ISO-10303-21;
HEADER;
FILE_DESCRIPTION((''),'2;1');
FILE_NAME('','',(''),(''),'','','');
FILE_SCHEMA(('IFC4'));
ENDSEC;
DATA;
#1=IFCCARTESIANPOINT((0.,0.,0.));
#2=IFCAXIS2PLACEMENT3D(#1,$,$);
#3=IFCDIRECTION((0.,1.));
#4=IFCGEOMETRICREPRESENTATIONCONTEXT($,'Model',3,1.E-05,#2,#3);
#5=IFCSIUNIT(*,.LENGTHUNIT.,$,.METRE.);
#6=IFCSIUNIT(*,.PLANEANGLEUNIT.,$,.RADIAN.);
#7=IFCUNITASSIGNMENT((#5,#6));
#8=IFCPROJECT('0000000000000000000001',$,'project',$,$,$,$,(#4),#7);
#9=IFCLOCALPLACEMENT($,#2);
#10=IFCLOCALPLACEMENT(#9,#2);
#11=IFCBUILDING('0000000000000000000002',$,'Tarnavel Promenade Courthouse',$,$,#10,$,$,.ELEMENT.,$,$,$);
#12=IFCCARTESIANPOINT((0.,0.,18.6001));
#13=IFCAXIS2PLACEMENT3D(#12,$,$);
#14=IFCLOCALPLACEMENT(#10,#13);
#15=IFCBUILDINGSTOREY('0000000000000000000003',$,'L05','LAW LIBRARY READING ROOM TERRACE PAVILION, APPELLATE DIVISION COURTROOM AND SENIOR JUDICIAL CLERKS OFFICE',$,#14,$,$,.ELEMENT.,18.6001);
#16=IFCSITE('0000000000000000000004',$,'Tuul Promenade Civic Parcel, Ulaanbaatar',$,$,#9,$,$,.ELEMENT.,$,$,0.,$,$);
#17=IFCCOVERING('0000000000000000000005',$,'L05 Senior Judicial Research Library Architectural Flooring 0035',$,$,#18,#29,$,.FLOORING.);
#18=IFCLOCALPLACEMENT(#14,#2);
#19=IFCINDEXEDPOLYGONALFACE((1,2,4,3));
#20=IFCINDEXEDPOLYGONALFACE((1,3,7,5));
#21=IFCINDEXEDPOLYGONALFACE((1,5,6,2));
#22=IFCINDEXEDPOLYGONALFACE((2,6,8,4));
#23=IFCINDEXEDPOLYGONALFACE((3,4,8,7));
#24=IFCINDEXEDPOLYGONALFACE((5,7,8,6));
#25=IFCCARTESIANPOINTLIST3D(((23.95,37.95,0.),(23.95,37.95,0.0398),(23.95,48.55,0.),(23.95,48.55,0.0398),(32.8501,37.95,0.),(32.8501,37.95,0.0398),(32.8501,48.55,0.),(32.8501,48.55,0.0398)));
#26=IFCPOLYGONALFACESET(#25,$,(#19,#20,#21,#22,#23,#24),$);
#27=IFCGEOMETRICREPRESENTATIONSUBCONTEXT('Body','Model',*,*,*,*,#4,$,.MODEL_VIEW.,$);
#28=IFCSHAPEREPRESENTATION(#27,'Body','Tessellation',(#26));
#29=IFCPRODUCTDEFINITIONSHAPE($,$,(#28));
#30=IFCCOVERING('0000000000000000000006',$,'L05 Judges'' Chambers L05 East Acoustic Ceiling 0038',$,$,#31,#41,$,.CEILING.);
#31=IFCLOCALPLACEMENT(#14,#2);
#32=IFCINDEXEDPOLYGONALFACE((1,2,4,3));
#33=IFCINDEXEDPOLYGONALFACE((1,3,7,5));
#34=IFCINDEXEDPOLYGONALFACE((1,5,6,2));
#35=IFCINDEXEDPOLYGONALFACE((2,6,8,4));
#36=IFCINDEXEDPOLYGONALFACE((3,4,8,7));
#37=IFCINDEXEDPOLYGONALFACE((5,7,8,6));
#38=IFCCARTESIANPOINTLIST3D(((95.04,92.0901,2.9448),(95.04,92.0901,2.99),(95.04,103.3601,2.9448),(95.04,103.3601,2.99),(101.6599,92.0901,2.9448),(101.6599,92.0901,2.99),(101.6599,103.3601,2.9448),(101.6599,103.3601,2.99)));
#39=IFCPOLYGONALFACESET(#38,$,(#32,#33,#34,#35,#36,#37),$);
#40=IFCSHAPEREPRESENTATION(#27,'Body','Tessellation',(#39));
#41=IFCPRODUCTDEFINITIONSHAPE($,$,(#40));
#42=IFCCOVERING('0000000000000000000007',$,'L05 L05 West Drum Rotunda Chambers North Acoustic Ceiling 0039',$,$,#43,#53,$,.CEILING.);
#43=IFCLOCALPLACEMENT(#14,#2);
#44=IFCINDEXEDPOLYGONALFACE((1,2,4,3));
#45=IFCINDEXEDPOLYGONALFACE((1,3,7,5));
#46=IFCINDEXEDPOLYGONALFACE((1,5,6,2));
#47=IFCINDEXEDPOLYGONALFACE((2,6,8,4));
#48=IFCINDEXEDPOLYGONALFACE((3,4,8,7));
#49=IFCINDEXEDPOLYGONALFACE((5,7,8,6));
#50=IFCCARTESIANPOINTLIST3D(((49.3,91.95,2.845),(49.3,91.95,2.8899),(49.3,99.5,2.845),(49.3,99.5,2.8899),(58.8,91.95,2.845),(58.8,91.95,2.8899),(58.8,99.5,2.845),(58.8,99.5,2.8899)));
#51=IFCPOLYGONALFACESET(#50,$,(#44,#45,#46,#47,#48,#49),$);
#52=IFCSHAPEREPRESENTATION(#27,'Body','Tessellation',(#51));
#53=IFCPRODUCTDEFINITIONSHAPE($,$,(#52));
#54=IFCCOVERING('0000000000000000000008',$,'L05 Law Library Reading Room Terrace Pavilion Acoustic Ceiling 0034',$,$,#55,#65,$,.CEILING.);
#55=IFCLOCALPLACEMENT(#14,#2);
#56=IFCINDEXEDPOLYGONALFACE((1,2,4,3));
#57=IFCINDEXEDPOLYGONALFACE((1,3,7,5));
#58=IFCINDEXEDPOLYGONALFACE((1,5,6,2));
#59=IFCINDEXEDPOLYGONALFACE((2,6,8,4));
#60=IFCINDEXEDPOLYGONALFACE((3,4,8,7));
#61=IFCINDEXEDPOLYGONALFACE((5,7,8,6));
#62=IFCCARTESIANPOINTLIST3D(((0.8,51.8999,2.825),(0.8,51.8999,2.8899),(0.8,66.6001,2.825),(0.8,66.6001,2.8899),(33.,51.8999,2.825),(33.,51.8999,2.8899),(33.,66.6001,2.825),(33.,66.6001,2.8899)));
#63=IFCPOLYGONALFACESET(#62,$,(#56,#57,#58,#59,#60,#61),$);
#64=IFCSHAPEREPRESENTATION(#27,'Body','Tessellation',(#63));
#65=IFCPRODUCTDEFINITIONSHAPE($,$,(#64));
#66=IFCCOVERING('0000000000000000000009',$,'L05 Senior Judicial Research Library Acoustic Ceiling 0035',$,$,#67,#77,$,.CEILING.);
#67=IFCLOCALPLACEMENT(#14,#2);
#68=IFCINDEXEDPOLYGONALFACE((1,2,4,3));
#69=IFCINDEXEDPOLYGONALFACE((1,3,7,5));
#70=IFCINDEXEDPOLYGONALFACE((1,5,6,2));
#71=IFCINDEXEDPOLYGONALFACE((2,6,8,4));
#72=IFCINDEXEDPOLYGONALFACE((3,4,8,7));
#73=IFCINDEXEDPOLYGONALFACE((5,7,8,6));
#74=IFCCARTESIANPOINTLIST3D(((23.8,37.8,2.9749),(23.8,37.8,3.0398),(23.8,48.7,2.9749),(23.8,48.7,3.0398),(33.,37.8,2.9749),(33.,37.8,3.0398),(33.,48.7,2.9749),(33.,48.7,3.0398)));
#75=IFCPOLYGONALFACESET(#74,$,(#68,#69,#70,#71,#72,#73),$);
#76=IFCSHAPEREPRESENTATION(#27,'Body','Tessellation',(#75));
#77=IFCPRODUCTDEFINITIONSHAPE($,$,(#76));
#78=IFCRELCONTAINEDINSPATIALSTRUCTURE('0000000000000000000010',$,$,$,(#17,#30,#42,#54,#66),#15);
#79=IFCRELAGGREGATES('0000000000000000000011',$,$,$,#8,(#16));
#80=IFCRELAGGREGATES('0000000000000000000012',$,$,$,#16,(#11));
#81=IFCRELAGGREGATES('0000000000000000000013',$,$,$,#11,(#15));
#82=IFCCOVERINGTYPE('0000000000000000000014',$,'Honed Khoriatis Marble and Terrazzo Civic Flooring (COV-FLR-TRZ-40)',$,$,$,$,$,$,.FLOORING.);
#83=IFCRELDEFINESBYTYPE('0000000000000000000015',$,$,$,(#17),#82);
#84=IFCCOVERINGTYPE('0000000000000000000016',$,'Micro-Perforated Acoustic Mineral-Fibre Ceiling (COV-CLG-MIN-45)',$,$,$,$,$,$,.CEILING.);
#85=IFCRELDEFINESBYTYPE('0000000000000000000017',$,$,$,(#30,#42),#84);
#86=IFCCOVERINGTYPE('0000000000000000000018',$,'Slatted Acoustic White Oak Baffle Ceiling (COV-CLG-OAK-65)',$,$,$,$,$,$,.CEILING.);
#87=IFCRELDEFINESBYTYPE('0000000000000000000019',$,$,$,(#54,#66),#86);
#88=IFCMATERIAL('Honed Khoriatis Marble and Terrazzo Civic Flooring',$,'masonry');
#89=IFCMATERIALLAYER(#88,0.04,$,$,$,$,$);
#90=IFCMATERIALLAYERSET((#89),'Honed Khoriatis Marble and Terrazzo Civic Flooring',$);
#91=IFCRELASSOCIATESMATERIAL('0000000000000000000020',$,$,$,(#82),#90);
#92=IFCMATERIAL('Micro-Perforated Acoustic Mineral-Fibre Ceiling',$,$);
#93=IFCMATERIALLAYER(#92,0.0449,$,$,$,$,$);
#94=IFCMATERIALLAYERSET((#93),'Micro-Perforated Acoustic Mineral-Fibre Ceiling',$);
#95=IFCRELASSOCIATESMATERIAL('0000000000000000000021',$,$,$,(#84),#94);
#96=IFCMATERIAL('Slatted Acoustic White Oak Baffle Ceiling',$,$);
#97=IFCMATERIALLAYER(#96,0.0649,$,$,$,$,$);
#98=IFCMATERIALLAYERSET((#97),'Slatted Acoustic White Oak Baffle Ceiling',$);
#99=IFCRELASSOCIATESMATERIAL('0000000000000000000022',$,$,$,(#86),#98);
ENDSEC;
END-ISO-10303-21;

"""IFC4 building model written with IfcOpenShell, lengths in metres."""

from ifc_helpers import new_model, si_unit, direction, frame, origin, place, context, subcontext, project, spatial, polyline, outline, extrude, material, layer, layer_set, type_object, element, save


model = new_model("IFC4")

# Units and contexts
model_context = context("Model", 3, precision=1e-05, world=origin(), true_north=direction((0.0, 1.0)))
body_context = subcontext(model_context, "Body", "Model", "MODEL_VIEW")
ifc_project = project(units=[si_unit("LENGTHUNIT", "METRE"), si_unit("PLANEANGLEUNIT", "RADIAN")], contexts=[model_context])

# Site, building, storey
site_placement = place(None, origin())
site = spatial("IfcSite", under=ifc_project, at=site_placement, Name="Tuul Promenade Civic Parcel, Ulaanbaatar", CompositionType="ELEMENT", RefElevation=0.0)
building_placement = place(site_placement, origin())
building = spatial("IfcBuilding", under=site, at=building_placement, Name="Tarnavel Promenade Courthouse", CompositionType="ELEMENT")
storey_placement = place(building_placement, frame((0.0, 0.0, 18.6001)))
storey = spatial("IfcBuildingStorey", under=building, at=storey_placement, Name="L05", Description="LAW LIBRARY READING ROOM TERRACE PAVILION, APPELLATE DIVISION COURTROOM AND SENIOR JUDICIAL CLERKS OFFICE", CompositionType="ELEMENT", Elevation=18.6001)

# Coverings
ifc_material_1 = material(Name="Honed Khoriatis Marble and Terrazzo Civic Flooring", Category="masonry")
ifc_layer_1 = layer(ifc_material_1, 0.04)
ifc_layer_set_1 = layer_set([ifc_layer_1], Name="Honed Khoriatis Marble and Terrazzo Civic Flooring")
covering_type_1 = type_object("IfcCoveringType", Name="Honed Khoriatis Marble and Terrazzo Civic Flooring (COV-FLR-TRZ-40)", PredefinedType="FLOORING", material=ifc_layer_set_1)
covering_1_placement = place(storey_placement, origin())
element("IfcCovering", 1, at=covering_1_placement, inside=storey, type_object=covering_type_1, Name="L05 Senior Judicial Research Library Architectural Flooring 0035", PredefinedType="FLOORING", context=body_context, shape_type="SweptSolid", body=[
    extrude(outline(polyline([(23.95, 37.95), (32.8501, 37.95), (32.8501, 48.55), (23.95, 48.55), (23.95, 37.95)])), origin(), (0.0, 0.0, 1.0), 0.0398),
])
ifc_material_2 = material(Name="Micro-Perforated Acoustic Mineral-Fibre Ceiling")
ifc_layer_2 = layer(ifc_material_2, 0.0449)
ifc_layer_set_2 = layer_set([ifc_layer_2], Name="Micro-Perforated Acoustic Mineral-Fibre Ceiling")
covering_type_2 = type_object("IfcCoveringType", Name="Micro-Perforated Acoustic Mineral-Fibre Ceiling (COV-CLG-MIN-45)", PredefinedType="CEILING", material=ifc_layer_set_2)
covering_2_placement = place(storey_placement, frame((0.0, 0.0, 2.9448)))
element("IfcCovering", 2, at=covering_2_placement, inside=storey, type_object=covering_type_2, Name="L05 Judges' Chambers L05 East Acoustic Ceiling 0038", PredefinedType="CEILING", context=body_context, shape_type="SweptSolid", body=[
    extrude(outline(polyline([(95.04, 92.0901), (101.6599, 92.0901), (101.6599, 103.3601), (95.04, 103.3601), (95.04, 92.0901)])), origin(), (0.0, 0.0, 1.0), 0.0452),
])
covering_3_placement = place(storey_placement, frame((0.0, 0.0, 2.845)))
element("IfcCovering", 3, at=covering_3_placement, inside=storey, type_object=covering_type_2, Name="L05 L05 West Drum Rotunda Chambers North Acoustic Ceiling 0039", PredefinedType="CEILING", context=body_context, shape_type="SweptSolid", body=[
    extrude(outline(polyline([(49.3, 91.95), (58.8, 91.95), (58.8, 99.5), (49.3, 99.5), (49.3, 91.95)])), origin(), (0.0, 0.0, 1.0), 0.0449),
])
ifc_material_3 = material(Name="Slatted Acoustic White Oak Baffle Ceiling")
ifc_layer_3 = layer(ifc_material_3, 0.0649)
ifc_layer_set_3 = layer_set([ifc_layer_3], Name="Slatted Acoustic White Oak Baffle Ceiling")
covering_type_3 = type_object("IfcCoveringType", Name="Slatted Acoustic White Oak Baffle Ceiling (COV-CLG-OAK-65)", PredefinedType="CEILING", material=ifc_layer_set_3)
covering_4_placement = place(storey_placement, frame((0.0, 0.0, 2.825)))
element("IfcCovering", 4, at=covering_4_placement, inside=storey, type_object=covering_type_3, Name="L05 Law Library Reading Room Terrace Pavilion Acoustic Ceiling 0034", PredefinedType="CEILING", context=body_context, shape_type="SweptSolid", body=[
    extrude(outline(polyline([(0.8, 51.8999), (33.0, 51.8999), (33.0, 66.6001), (0.8, 66.6001), (0.8, 51.8999)])), origin(), (0.0, 0.0, 1.0), 0.0649),
])
covering_5_placement = place(storey_placement, frame((0.0, 0.0, 2.9749)))
element("IfcCovering", 5, at=covering_5_placement, inside=storey, type_object=covering_type_3, Name="L05 Senior Judicial Research Library Acoustic Ceiling 0035", PredefinedType="CEILING", context=body_context, shape_type="SweptSolid", body=[
    extrude(outline(polyline([(23.8, 37.8), (33.0, 37.8), (33.0, 48.7), (23.8, 48.7), (23.8, 37.8)])), origin(), (0.0, 0.0, 1.0), 0.0649),
])

save(model, "model.ifc")
